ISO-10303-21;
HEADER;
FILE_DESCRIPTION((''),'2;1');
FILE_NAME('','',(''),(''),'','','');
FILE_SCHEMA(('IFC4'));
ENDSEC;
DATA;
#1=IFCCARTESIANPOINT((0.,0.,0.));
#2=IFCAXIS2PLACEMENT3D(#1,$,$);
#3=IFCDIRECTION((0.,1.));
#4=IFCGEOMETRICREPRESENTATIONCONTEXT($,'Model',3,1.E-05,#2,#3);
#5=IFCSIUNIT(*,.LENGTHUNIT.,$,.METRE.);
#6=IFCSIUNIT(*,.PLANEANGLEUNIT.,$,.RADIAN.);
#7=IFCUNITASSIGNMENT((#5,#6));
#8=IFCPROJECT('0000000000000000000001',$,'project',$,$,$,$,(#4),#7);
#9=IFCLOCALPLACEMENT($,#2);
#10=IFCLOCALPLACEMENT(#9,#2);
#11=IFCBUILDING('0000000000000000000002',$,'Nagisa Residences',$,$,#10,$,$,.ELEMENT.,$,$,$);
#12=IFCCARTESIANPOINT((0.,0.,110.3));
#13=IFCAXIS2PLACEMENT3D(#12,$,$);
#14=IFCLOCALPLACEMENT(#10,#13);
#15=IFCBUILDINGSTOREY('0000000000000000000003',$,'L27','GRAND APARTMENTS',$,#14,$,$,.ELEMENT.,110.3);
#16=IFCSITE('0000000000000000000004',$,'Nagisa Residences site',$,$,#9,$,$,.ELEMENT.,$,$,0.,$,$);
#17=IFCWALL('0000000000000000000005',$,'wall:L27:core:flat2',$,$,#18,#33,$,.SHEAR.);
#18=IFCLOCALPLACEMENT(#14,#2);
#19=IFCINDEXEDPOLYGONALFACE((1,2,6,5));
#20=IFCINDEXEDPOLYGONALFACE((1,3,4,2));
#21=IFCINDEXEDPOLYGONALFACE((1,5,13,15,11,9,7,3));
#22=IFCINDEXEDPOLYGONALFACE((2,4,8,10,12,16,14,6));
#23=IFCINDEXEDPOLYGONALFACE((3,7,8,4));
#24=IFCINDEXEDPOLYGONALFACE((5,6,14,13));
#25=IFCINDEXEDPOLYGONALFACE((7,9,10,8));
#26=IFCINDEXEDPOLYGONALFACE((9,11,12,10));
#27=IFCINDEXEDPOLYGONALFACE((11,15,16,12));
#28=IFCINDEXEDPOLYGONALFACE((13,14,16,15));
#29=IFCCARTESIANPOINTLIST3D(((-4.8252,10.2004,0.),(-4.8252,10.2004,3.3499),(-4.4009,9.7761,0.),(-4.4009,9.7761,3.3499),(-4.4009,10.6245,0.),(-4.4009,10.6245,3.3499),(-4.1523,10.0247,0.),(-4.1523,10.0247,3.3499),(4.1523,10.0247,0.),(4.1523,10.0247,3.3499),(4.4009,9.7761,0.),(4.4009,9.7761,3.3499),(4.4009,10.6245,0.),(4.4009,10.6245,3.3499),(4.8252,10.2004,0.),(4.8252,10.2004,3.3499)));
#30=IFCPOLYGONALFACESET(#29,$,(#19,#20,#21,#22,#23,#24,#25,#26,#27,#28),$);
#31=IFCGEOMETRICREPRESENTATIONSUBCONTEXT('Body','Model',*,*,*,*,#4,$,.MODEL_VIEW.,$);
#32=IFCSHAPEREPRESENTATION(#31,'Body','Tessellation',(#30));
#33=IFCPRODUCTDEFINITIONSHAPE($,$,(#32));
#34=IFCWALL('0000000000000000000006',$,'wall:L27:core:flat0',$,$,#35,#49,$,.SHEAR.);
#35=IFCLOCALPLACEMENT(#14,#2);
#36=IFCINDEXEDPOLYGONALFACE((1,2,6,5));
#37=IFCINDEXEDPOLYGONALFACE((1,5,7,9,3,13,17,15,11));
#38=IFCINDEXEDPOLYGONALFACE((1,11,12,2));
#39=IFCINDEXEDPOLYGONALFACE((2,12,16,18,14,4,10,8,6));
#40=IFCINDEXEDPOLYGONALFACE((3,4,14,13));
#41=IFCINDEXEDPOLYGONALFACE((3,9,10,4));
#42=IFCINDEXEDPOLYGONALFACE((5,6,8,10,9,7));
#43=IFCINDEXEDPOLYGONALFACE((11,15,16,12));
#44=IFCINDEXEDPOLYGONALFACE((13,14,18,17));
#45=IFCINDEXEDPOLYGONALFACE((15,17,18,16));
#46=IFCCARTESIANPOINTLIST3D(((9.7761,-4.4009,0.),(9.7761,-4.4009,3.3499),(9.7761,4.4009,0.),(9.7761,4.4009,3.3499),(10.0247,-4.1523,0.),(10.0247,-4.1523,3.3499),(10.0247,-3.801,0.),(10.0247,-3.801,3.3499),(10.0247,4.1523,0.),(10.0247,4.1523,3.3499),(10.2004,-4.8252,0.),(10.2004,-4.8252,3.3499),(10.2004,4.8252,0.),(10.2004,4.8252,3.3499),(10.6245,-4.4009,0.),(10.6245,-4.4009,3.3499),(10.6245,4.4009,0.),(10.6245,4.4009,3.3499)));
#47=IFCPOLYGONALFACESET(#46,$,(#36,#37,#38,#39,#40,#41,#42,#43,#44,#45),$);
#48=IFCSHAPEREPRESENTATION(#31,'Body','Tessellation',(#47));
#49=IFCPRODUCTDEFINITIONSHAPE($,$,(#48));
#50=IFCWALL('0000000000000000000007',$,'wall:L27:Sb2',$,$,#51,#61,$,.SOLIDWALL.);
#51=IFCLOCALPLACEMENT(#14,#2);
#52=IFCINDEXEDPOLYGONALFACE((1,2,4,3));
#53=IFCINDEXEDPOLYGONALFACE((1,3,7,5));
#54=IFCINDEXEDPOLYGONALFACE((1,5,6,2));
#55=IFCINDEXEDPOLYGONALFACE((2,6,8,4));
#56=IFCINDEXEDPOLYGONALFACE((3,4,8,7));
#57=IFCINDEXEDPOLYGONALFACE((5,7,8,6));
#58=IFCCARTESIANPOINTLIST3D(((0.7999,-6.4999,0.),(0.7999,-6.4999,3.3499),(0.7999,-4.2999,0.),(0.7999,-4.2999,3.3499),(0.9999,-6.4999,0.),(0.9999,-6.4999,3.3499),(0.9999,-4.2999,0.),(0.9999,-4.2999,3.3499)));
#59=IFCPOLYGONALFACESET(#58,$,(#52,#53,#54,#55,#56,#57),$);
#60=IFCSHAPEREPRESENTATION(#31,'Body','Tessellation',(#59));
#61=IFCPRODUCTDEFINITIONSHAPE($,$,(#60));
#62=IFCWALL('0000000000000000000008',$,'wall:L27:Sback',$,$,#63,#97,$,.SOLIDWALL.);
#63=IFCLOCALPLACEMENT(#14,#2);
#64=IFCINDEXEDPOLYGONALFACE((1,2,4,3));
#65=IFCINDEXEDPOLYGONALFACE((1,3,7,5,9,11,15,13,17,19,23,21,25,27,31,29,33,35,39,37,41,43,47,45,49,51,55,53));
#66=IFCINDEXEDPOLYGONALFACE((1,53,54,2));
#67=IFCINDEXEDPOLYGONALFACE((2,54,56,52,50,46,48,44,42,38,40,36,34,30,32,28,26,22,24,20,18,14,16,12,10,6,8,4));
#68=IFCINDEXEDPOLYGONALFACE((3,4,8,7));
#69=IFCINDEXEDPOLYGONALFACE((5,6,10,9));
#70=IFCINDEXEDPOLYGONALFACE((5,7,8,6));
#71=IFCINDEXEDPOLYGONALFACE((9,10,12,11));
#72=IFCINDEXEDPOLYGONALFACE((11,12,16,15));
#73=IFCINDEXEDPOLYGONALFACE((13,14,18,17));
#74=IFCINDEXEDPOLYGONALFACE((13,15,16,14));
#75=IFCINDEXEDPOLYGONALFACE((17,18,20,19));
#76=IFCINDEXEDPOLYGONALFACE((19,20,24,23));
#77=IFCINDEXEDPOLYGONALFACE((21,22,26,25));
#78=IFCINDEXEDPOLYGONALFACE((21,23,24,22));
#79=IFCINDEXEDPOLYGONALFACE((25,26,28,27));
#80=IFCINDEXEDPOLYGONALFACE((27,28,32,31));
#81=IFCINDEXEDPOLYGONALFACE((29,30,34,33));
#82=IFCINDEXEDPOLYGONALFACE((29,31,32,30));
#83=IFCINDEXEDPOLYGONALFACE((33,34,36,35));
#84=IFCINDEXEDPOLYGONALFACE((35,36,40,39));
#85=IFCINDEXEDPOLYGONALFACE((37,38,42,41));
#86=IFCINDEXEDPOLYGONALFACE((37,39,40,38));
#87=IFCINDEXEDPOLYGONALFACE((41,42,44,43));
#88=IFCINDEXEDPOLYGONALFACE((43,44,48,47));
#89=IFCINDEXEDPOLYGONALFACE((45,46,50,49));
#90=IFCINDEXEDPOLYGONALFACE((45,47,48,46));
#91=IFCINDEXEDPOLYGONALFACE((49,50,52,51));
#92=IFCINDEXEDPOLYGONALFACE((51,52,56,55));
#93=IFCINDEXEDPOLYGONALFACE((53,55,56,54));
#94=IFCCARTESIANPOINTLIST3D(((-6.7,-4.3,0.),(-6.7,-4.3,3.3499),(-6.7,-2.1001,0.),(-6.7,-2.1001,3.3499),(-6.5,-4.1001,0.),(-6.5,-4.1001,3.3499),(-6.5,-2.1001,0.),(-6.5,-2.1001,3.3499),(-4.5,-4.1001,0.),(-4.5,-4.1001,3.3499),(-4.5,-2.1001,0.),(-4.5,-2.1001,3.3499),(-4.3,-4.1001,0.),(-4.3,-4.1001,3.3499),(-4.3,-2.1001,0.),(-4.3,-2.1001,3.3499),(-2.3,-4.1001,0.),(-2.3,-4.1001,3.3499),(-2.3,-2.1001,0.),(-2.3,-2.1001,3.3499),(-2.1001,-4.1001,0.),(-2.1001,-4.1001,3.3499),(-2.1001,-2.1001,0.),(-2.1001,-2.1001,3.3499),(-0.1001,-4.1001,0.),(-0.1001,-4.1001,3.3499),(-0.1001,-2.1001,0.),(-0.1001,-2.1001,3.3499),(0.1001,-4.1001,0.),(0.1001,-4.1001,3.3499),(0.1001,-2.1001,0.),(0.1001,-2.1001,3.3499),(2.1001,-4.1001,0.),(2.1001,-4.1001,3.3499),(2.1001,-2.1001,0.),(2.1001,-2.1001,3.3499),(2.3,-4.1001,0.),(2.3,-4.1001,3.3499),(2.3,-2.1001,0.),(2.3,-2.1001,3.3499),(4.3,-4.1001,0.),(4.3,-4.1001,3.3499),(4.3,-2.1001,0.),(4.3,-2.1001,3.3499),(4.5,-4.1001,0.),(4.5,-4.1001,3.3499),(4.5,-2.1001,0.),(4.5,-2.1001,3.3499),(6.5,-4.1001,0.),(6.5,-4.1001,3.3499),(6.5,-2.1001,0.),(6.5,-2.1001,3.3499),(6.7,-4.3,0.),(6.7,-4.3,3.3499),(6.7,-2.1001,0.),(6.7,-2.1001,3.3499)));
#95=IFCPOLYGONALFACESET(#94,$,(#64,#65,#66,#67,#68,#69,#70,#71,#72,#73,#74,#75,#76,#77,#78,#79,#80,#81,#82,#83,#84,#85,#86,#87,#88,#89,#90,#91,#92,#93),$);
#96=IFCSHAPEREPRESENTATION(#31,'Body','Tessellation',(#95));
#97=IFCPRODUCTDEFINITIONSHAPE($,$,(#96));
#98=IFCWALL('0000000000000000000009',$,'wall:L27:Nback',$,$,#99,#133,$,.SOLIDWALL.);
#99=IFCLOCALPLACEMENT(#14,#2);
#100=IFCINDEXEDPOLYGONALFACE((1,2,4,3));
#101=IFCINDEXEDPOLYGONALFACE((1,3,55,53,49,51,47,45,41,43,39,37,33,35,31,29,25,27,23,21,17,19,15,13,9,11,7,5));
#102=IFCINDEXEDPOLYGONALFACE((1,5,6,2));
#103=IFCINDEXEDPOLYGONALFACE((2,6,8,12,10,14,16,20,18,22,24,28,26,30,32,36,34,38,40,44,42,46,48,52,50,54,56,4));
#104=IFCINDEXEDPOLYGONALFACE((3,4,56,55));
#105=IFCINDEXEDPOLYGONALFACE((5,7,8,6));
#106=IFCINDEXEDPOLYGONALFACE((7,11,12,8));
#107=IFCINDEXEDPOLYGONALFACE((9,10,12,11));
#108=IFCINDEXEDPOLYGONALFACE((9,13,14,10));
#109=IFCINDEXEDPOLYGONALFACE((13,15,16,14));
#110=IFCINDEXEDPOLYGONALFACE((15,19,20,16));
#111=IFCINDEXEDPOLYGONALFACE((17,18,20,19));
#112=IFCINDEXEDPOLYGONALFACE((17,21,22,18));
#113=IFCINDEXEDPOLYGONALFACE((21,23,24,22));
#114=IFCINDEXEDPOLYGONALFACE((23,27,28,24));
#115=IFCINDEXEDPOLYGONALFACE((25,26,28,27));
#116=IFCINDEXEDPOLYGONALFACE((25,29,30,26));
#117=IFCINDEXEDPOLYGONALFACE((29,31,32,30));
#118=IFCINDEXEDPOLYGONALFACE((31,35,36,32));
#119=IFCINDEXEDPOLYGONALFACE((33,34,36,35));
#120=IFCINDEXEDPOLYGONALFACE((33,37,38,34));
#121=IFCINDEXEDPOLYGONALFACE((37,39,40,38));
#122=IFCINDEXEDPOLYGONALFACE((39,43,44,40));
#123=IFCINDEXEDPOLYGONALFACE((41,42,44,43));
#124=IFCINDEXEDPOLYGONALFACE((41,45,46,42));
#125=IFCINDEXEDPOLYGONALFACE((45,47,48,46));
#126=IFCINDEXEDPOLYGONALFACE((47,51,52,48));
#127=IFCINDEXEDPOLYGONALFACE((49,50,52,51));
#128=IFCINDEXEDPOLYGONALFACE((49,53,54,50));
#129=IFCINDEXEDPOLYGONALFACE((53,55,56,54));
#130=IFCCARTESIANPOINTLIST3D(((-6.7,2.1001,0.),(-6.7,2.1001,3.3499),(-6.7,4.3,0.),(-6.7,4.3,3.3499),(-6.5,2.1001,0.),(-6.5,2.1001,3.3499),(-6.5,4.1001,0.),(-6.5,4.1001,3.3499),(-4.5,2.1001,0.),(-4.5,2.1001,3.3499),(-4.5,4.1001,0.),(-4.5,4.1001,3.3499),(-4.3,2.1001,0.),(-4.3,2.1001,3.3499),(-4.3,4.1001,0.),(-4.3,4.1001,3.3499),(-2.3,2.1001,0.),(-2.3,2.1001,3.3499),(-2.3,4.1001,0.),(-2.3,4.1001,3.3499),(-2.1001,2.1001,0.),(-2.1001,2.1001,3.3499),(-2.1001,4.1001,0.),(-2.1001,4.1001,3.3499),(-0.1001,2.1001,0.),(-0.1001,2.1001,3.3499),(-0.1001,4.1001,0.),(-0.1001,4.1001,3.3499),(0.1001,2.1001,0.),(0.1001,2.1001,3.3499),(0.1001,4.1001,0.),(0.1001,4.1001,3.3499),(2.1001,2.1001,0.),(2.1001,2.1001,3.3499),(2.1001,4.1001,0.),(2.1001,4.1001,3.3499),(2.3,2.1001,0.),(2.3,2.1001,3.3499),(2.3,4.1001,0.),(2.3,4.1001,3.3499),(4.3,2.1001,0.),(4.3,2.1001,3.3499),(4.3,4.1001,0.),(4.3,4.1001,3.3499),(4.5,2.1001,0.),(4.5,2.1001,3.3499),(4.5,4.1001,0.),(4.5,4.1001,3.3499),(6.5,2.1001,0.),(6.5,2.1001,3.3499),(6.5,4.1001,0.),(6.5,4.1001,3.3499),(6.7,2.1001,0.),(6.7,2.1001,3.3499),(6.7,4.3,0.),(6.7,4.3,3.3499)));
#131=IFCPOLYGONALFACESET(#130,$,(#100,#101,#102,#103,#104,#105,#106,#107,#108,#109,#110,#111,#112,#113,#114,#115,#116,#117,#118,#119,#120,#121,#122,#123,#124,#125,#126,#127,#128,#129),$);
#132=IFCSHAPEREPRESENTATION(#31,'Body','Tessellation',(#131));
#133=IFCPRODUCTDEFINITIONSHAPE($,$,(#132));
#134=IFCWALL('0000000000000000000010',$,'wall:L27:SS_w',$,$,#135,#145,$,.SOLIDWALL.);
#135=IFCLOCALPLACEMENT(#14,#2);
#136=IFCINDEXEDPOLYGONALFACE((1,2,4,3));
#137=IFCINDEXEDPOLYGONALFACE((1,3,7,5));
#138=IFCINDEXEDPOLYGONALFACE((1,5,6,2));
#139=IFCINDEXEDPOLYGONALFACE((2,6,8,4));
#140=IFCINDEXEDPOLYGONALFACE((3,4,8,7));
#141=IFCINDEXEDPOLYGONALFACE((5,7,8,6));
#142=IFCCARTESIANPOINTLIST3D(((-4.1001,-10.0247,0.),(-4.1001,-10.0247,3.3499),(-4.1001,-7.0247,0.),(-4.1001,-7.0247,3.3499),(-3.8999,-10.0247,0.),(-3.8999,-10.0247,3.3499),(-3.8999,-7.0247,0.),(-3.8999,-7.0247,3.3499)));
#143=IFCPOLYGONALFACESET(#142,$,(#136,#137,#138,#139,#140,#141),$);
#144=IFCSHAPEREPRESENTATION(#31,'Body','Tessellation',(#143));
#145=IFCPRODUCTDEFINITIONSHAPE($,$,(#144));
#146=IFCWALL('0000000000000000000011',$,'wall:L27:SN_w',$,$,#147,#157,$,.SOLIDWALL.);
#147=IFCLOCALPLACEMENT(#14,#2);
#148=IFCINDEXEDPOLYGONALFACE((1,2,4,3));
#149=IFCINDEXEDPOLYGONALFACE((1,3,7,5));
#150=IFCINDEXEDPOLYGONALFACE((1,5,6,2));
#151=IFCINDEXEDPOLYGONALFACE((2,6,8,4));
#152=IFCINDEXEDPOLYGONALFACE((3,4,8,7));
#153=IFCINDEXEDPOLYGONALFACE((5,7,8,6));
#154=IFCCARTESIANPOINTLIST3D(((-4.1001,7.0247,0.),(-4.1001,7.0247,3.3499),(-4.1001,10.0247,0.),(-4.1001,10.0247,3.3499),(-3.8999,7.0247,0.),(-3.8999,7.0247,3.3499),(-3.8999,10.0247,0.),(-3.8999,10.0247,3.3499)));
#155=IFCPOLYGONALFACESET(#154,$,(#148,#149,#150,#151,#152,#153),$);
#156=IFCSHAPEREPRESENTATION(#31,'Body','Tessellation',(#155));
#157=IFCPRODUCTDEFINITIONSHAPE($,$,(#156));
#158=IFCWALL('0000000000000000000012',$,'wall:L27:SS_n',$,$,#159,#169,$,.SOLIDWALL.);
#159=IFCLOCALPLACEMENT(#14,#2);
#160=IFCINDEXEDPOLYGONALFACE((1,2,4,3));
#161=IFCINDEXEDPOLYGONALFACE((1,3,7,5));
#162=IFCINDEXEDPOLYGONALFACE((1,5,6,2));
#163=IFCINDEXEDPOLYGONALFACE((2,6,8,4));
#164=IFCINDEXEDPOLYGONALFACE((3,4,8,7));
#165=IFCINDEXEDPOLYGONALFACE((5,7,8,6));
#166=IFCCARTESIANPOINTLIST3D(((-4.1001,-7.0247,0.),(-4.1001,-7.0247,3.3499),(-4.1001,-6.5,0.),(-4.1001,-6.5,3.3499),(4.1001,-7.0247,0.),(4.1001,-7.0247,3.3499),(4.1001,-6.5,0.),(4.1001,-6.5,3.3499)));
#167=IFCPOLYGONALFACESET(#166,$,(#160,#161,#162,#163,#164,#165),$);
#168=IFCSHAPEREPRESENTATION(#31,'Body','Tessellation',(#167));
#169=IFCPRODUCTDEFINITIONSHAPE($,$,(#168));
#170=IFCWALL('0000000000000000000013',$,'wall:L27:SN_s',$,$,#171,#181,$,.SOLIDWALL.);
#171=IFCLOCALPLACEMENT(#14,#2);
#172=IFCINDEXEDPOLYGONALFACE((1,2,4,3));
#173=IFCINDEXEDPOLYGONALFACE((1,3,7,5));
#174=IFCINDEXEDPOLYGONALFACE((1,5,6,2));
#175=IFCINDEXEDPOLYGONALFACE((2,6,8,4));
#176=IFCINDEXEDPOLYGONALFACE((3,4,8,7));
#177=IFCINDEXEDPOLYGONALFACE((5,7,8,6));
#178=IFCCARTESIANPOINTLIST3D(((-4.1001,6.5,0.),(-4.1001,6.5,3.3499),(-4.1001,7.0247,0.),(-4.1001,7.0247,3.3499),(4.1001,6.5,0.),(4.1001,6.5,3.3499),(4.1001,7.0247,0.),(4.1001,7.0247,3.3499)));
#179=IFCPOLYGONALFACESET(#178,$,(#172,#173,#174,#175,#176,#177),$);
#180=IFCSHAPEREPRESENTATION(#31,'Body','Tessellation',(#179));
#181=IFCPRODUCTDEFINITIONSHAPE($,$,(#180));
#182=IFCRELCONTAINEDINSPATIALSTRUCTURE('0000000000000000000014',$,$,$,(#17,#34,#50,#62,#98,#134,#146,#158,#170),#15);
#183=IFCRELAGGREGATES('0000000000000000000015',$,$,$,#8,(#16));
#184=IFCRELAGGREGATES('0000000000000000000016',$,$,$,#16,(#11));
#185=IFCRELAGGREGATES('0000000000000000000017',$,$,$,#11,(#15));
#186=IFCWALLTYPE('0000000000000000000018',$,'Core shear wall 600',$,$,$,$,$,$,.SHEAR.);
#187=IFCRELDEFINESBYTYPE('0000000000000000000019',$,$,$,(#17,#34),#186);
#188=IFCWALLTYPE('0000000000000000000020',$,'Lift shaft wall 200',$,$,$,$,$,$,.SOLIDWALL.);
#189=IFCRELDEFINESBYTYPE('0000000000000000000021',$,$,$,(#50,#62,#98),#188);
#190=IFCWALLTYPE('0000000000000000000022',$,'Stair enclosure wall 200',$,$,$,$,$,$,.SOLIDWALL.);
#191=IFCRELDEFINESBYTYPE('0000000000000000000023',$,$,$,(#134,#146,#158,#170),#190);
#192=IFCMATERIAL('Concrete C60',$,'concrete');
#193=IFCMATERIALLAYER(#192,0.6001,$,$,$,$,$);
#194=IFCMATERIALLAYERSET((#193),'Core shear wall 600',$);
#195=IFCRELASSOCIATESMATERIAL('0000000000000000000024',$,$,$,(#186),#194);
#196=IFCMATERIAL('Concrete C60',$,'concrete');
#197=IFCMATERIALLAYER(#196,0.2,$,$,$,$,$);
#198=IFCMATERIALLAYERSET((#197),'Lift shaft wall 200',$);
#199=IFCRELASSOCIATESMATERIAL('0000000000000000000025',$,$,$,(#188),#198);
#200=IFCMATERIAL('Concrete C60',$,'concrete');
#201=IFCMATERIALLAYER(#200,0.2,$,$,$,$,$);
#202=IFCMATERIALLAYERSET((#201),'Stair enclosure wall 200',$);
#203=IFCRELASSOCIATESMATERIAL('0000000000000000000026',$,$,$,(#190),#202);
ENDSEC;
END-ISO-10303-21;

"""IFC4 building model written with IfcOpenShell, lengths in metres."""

from ifc_helpers import new_model, si_unit, direction, frame, frame_2d, origin, place, context, subcontext, project, spatial, polyline, rectangle, outline, extrude, material, layer, layer_set, type_object, element, save


model = new_model("IFC4")

# Units and contexts
model_context = context("Model", 3, precision=1e-05, world=origin(), true_north=direction((0.0, 1.0)))
body_context = subcontext(model_context, "Body", "Model", "MODEL_VIEW")
ifc_project = project(units=[si_unit("LENGTHUNIT", "METRE"), si_unit("PLANEANGLEUNIT", "RADIAN")], contexts=[model_context])

# Site, building, storey
site_placement = place(None, origin())
site = spatial("IfcSite", under=ifc_project, at=site_placement, Name="Nagisa Residences site", CompositionType="ELEMENT", RefElevation=0.0)
building_placement = place(site_placement, origin())
building = spatial("IfcBuilding", under=site, at=building_placement, Name="Nagisa Residences", CompositionType="ELEMENT")
storey_placement = place(building_placement, frame((0.0, 0.0, 110.3)))
storey = spatial("IfcBuildingStorey", under=building, at=storey_placement, Name="L27", Description="GRAND APARTMENTS", CompositionType="ELEMENT", Elevation=110.3)

# Walls
ifc_material_1 = material(Name="Concrete C60", Category="concrete")
ifc_layer_1 = layer(ifc_material_1, 0.6001)
ifc_layer_set_1 = layer_set([ifc_layer_1], Name="Core shear wall 600")
wall_type_1 = type_object("IfcWallType", Name="Core shear wall 600", PredefinedType="SHEAR", material=ifc_layer_set_1)
wall_1_placement = place(storey_placement, origin())
element("IfcWall", 1, at=wall_1_placement, inside=storey, type_object=wall_type_1, Name="wall:L27:core:flat2", PredefinedType="SHEAR", context=body_context, shape_type="SweptSolid", body=[
    extrude(outline(polyline([(-4.1523, 10.0247), (-4.4009, 9.7761), (-4.8252, 10.2004), (-4.4009, 10.6245), (4.4009, 10.6245), (4.8252, 10.2004), (4.4009, 9.7761), (4.1523, 10.0247), (-4.1523, 10.0247)])), origin(), (0.0, 0.0, 1.0), 3.3499),
])
wall_2_placement = place(storey_placement, origin())
element("IfcWall", 2, at=wall_2_placement, inside=storey, type_object=wall_type_1, Name="wall:L27:core:flat0", PredefinedType="SHEAR", context=body_context, shape_type="SweptSolid", body=[
    extrude(outline(polyline([(9.7761, -4.4009), (10.0247, -4.1523), (10.0247, -3.801), (10.0247, 4.1523), (9.7761, 4.4009), (10.2004, 4.8252), (10.6245, 4.4009), (10.6245, -4.4009), (10.2004, -4.8252), (9.7761, -4.4009)])), origin(), (0.0, 0.0, 1.0), 3.3499),
])
ifc_material_2 = material(Name="Concrete C60", Category="concrete")
ifc_layer_2 = layer(ifc_material_2, 0.2)
ifc_layer_set_2 = layer_set([ifc_layer_2], Name="Lift shaft wall 200")
wall_type_2 = type_object("IfcWallType", Name="Lift shaft wall 200", PredefinedType="SOLIDWALL", material=ifc_layer_set_2)
wall_3_placement = place(storey_placement, frame((0.8999, -6.5, 0.0), z_axis=(0.0, 0.0, 1.0), x_axis=(0.0, 1.0, 0.0)))
element("IfcWall", 3, at=wall_3_placement, inside=storey, type_object=wall_type_2, Name="wall:L27:Sb2", PredefinedType="SOLIDWALL", context=body_context, shape_type="SweptSolid", body=[
    extrude(rectangle(XDim=2.2, YDim=0.2, at=frame_2d((1.1001, 0.0))), origin(), (0.0, 0.0, 1.0), 3.3499),
])
wall_4_placement = place(storey_placement, origin())
element("IfcWall", 4, at=wall_4_placement, inside=storey, type_object=wall_type_2, Name="wall:L27:Sback", PredefinedType="SOLIDWALL", context=body_context, shape_type="SweptSolid", body=[
    extrude(outline(polyline([(-6.7, -2.1001), (-6.5, -2.1001), (-6.5, -4.1001), (-4.5, -4.1001), (-4.5, -2.1001), (-4.3, -2.1001), (-4.3, -4.1001), (-2.3, -4.1001), (-2.3, -2.1001), (-2.1001, -2.1001), (-2.1001, -4.1001), (-0.1001, -4.1001), (-0.1001, -2.1001), (0.1001, -2.1001), (0.1001, -4.1001), (2.1001, -4.1001), (2.1001, -2.1001), (2.3, -2.1001), (2.3, -4.1001), (4.3, -4.1001), (4.3, -2.1001), (4.5, -2.1001), (4.5, -4.1001), (6.5, -4.1001), (6.5, -2.1001), (6.7, -2.1001), (6.7, -4.3), (-6.7, -4.3), (-6.7, -2.1001)])), origin(), (0.0, 0.0, 1.0), 3.3499),
])
wall_5_placement = place(storey_placement, origin())
element("IfcWall", 5, at=wall_5_placement, inside=storey, type_object=wall_type_2, Name="wall:L27:Nback", PredefinedType="SOLIDWALL", context=body_context, shape_type="SweptSolid", body=[
    extrude(outline(polyline([(-6.5, 2.1001), (-6.7, 2.1001), (-6.7, 4.3), (6.7, 4.3), (6.7, 2.1001), (6.5, 2.1001), (6.5, 4.1001), (4.5, 4.1001), (4.5, 2.1001), (4.3, 2.1001), (4.3, 4.1001), (2.3, 4.1001), (2.3, 2.1001), (2.1001, 2.1001), (2.1001, 4.1001), (0.1001, 4.1001), (0.1001, 2.1001), (-0.1001, 2.1001), (-0.1001, 4.1001), (-2.1001, 4.1001), (-2.1001, 2.1001), (-2.3, 2.1001), (-2.3, 4.1001), (-4.3, 4.1001), (-4.3, 2.1001), (-4.5, 2.1001), (-4.5, 4.1001), (-6.5, 4.1001), (-6.5, 2.1001)])), origin(), (0.0, 0.0, 1.0), 3.3499),
])
ifc_material_3 = material(Name="Concrete C60", Category="concrete")
ifc_layer_3 = layer(ifc_material_3, 0.2)
ifc_layer_set_3 = layer_set([ifc_layer_3], Name="Stair enclosure wall 200")
wall_type_3 = type_object("IfcWallType", Name="Stair enclosure wall 200", PredefinedType="SOLIDWALL", material=ifc_layer_set_3)
wall_6_placement = place(storey_placement, origin())
element("IfcWall", 6, at=wall_6_placement, inside=storey, type_object=wall_type_3, Name="wall:L27:SS_w", PredefinedType="SOLIDWALL", context=body_context, shape_type="SweptSolid", body=[
    extrude(outline(polyline([(-3.8999, -10.0247), (-4.1001, -10.0247), (-4.1001, -7.0247), (-3.8999, -7.0247), (-3.8999, -10.0247)])), origin(), (0.0, 0.0, 1.0), 3.3499),
])
wall_7_placement = place(storey_placement, origin())
element("IfcWall", 7, at=wall_7_placement, inside=storey, type_object=wall_type_3, Name="wall:L27:SN_w", PredefinedType="SOLIDWALL", context=body_context, shape_type="SweptSolid", body=[
    extrude(outline(polyline([(-3.8999, 7.0247), (-4.1001, 7.0247), (-4.1001, 10.0247), (-3.8999, 10.0247), (-3.8999, 7.0247)])), origin(), (0.0, 0.0, 1.0), 3.3499),
])
wall_8_placement = place(storey_placement, origin())
element("IfcWall", 8, at=wall_8_placement, inside=storey, type_object=wall_type_3, Name="wall:L27:SS_n", PredefinedType="SOLIDWALL", context=body_context, shape_type="SweptSolid", body=[
    extrude(outline(polyline([(4.1001, -7.0247), (-4.1001, -7.0247), (-4.1001, -6.5), (4.1001, -6.5), (4.1001, -7.0247)])), origin(), (0.0, 0.0, 1.0), 3.3499),
])
wall_9_placement = place(storey_placement, origin())
element("IfcWall", 9, at=wall_9_placement, inside=storey, type_object=wall_type_3, Name="wall:L27:SN_s", PredefinedType="SOLIDWALL", context=body_context, shape_type="SweptSolid", body=[
    extrude(outline(polyline([(4.1001, 6.5), (-4.1001, 6.5), (-4.1001, 7.0247), (4.1001, 7.0247), (4.1001, 6.5)])), origin(), (0.0, 0.0, 1.0), 3.3499),
])

save(model, "model.ifc")
